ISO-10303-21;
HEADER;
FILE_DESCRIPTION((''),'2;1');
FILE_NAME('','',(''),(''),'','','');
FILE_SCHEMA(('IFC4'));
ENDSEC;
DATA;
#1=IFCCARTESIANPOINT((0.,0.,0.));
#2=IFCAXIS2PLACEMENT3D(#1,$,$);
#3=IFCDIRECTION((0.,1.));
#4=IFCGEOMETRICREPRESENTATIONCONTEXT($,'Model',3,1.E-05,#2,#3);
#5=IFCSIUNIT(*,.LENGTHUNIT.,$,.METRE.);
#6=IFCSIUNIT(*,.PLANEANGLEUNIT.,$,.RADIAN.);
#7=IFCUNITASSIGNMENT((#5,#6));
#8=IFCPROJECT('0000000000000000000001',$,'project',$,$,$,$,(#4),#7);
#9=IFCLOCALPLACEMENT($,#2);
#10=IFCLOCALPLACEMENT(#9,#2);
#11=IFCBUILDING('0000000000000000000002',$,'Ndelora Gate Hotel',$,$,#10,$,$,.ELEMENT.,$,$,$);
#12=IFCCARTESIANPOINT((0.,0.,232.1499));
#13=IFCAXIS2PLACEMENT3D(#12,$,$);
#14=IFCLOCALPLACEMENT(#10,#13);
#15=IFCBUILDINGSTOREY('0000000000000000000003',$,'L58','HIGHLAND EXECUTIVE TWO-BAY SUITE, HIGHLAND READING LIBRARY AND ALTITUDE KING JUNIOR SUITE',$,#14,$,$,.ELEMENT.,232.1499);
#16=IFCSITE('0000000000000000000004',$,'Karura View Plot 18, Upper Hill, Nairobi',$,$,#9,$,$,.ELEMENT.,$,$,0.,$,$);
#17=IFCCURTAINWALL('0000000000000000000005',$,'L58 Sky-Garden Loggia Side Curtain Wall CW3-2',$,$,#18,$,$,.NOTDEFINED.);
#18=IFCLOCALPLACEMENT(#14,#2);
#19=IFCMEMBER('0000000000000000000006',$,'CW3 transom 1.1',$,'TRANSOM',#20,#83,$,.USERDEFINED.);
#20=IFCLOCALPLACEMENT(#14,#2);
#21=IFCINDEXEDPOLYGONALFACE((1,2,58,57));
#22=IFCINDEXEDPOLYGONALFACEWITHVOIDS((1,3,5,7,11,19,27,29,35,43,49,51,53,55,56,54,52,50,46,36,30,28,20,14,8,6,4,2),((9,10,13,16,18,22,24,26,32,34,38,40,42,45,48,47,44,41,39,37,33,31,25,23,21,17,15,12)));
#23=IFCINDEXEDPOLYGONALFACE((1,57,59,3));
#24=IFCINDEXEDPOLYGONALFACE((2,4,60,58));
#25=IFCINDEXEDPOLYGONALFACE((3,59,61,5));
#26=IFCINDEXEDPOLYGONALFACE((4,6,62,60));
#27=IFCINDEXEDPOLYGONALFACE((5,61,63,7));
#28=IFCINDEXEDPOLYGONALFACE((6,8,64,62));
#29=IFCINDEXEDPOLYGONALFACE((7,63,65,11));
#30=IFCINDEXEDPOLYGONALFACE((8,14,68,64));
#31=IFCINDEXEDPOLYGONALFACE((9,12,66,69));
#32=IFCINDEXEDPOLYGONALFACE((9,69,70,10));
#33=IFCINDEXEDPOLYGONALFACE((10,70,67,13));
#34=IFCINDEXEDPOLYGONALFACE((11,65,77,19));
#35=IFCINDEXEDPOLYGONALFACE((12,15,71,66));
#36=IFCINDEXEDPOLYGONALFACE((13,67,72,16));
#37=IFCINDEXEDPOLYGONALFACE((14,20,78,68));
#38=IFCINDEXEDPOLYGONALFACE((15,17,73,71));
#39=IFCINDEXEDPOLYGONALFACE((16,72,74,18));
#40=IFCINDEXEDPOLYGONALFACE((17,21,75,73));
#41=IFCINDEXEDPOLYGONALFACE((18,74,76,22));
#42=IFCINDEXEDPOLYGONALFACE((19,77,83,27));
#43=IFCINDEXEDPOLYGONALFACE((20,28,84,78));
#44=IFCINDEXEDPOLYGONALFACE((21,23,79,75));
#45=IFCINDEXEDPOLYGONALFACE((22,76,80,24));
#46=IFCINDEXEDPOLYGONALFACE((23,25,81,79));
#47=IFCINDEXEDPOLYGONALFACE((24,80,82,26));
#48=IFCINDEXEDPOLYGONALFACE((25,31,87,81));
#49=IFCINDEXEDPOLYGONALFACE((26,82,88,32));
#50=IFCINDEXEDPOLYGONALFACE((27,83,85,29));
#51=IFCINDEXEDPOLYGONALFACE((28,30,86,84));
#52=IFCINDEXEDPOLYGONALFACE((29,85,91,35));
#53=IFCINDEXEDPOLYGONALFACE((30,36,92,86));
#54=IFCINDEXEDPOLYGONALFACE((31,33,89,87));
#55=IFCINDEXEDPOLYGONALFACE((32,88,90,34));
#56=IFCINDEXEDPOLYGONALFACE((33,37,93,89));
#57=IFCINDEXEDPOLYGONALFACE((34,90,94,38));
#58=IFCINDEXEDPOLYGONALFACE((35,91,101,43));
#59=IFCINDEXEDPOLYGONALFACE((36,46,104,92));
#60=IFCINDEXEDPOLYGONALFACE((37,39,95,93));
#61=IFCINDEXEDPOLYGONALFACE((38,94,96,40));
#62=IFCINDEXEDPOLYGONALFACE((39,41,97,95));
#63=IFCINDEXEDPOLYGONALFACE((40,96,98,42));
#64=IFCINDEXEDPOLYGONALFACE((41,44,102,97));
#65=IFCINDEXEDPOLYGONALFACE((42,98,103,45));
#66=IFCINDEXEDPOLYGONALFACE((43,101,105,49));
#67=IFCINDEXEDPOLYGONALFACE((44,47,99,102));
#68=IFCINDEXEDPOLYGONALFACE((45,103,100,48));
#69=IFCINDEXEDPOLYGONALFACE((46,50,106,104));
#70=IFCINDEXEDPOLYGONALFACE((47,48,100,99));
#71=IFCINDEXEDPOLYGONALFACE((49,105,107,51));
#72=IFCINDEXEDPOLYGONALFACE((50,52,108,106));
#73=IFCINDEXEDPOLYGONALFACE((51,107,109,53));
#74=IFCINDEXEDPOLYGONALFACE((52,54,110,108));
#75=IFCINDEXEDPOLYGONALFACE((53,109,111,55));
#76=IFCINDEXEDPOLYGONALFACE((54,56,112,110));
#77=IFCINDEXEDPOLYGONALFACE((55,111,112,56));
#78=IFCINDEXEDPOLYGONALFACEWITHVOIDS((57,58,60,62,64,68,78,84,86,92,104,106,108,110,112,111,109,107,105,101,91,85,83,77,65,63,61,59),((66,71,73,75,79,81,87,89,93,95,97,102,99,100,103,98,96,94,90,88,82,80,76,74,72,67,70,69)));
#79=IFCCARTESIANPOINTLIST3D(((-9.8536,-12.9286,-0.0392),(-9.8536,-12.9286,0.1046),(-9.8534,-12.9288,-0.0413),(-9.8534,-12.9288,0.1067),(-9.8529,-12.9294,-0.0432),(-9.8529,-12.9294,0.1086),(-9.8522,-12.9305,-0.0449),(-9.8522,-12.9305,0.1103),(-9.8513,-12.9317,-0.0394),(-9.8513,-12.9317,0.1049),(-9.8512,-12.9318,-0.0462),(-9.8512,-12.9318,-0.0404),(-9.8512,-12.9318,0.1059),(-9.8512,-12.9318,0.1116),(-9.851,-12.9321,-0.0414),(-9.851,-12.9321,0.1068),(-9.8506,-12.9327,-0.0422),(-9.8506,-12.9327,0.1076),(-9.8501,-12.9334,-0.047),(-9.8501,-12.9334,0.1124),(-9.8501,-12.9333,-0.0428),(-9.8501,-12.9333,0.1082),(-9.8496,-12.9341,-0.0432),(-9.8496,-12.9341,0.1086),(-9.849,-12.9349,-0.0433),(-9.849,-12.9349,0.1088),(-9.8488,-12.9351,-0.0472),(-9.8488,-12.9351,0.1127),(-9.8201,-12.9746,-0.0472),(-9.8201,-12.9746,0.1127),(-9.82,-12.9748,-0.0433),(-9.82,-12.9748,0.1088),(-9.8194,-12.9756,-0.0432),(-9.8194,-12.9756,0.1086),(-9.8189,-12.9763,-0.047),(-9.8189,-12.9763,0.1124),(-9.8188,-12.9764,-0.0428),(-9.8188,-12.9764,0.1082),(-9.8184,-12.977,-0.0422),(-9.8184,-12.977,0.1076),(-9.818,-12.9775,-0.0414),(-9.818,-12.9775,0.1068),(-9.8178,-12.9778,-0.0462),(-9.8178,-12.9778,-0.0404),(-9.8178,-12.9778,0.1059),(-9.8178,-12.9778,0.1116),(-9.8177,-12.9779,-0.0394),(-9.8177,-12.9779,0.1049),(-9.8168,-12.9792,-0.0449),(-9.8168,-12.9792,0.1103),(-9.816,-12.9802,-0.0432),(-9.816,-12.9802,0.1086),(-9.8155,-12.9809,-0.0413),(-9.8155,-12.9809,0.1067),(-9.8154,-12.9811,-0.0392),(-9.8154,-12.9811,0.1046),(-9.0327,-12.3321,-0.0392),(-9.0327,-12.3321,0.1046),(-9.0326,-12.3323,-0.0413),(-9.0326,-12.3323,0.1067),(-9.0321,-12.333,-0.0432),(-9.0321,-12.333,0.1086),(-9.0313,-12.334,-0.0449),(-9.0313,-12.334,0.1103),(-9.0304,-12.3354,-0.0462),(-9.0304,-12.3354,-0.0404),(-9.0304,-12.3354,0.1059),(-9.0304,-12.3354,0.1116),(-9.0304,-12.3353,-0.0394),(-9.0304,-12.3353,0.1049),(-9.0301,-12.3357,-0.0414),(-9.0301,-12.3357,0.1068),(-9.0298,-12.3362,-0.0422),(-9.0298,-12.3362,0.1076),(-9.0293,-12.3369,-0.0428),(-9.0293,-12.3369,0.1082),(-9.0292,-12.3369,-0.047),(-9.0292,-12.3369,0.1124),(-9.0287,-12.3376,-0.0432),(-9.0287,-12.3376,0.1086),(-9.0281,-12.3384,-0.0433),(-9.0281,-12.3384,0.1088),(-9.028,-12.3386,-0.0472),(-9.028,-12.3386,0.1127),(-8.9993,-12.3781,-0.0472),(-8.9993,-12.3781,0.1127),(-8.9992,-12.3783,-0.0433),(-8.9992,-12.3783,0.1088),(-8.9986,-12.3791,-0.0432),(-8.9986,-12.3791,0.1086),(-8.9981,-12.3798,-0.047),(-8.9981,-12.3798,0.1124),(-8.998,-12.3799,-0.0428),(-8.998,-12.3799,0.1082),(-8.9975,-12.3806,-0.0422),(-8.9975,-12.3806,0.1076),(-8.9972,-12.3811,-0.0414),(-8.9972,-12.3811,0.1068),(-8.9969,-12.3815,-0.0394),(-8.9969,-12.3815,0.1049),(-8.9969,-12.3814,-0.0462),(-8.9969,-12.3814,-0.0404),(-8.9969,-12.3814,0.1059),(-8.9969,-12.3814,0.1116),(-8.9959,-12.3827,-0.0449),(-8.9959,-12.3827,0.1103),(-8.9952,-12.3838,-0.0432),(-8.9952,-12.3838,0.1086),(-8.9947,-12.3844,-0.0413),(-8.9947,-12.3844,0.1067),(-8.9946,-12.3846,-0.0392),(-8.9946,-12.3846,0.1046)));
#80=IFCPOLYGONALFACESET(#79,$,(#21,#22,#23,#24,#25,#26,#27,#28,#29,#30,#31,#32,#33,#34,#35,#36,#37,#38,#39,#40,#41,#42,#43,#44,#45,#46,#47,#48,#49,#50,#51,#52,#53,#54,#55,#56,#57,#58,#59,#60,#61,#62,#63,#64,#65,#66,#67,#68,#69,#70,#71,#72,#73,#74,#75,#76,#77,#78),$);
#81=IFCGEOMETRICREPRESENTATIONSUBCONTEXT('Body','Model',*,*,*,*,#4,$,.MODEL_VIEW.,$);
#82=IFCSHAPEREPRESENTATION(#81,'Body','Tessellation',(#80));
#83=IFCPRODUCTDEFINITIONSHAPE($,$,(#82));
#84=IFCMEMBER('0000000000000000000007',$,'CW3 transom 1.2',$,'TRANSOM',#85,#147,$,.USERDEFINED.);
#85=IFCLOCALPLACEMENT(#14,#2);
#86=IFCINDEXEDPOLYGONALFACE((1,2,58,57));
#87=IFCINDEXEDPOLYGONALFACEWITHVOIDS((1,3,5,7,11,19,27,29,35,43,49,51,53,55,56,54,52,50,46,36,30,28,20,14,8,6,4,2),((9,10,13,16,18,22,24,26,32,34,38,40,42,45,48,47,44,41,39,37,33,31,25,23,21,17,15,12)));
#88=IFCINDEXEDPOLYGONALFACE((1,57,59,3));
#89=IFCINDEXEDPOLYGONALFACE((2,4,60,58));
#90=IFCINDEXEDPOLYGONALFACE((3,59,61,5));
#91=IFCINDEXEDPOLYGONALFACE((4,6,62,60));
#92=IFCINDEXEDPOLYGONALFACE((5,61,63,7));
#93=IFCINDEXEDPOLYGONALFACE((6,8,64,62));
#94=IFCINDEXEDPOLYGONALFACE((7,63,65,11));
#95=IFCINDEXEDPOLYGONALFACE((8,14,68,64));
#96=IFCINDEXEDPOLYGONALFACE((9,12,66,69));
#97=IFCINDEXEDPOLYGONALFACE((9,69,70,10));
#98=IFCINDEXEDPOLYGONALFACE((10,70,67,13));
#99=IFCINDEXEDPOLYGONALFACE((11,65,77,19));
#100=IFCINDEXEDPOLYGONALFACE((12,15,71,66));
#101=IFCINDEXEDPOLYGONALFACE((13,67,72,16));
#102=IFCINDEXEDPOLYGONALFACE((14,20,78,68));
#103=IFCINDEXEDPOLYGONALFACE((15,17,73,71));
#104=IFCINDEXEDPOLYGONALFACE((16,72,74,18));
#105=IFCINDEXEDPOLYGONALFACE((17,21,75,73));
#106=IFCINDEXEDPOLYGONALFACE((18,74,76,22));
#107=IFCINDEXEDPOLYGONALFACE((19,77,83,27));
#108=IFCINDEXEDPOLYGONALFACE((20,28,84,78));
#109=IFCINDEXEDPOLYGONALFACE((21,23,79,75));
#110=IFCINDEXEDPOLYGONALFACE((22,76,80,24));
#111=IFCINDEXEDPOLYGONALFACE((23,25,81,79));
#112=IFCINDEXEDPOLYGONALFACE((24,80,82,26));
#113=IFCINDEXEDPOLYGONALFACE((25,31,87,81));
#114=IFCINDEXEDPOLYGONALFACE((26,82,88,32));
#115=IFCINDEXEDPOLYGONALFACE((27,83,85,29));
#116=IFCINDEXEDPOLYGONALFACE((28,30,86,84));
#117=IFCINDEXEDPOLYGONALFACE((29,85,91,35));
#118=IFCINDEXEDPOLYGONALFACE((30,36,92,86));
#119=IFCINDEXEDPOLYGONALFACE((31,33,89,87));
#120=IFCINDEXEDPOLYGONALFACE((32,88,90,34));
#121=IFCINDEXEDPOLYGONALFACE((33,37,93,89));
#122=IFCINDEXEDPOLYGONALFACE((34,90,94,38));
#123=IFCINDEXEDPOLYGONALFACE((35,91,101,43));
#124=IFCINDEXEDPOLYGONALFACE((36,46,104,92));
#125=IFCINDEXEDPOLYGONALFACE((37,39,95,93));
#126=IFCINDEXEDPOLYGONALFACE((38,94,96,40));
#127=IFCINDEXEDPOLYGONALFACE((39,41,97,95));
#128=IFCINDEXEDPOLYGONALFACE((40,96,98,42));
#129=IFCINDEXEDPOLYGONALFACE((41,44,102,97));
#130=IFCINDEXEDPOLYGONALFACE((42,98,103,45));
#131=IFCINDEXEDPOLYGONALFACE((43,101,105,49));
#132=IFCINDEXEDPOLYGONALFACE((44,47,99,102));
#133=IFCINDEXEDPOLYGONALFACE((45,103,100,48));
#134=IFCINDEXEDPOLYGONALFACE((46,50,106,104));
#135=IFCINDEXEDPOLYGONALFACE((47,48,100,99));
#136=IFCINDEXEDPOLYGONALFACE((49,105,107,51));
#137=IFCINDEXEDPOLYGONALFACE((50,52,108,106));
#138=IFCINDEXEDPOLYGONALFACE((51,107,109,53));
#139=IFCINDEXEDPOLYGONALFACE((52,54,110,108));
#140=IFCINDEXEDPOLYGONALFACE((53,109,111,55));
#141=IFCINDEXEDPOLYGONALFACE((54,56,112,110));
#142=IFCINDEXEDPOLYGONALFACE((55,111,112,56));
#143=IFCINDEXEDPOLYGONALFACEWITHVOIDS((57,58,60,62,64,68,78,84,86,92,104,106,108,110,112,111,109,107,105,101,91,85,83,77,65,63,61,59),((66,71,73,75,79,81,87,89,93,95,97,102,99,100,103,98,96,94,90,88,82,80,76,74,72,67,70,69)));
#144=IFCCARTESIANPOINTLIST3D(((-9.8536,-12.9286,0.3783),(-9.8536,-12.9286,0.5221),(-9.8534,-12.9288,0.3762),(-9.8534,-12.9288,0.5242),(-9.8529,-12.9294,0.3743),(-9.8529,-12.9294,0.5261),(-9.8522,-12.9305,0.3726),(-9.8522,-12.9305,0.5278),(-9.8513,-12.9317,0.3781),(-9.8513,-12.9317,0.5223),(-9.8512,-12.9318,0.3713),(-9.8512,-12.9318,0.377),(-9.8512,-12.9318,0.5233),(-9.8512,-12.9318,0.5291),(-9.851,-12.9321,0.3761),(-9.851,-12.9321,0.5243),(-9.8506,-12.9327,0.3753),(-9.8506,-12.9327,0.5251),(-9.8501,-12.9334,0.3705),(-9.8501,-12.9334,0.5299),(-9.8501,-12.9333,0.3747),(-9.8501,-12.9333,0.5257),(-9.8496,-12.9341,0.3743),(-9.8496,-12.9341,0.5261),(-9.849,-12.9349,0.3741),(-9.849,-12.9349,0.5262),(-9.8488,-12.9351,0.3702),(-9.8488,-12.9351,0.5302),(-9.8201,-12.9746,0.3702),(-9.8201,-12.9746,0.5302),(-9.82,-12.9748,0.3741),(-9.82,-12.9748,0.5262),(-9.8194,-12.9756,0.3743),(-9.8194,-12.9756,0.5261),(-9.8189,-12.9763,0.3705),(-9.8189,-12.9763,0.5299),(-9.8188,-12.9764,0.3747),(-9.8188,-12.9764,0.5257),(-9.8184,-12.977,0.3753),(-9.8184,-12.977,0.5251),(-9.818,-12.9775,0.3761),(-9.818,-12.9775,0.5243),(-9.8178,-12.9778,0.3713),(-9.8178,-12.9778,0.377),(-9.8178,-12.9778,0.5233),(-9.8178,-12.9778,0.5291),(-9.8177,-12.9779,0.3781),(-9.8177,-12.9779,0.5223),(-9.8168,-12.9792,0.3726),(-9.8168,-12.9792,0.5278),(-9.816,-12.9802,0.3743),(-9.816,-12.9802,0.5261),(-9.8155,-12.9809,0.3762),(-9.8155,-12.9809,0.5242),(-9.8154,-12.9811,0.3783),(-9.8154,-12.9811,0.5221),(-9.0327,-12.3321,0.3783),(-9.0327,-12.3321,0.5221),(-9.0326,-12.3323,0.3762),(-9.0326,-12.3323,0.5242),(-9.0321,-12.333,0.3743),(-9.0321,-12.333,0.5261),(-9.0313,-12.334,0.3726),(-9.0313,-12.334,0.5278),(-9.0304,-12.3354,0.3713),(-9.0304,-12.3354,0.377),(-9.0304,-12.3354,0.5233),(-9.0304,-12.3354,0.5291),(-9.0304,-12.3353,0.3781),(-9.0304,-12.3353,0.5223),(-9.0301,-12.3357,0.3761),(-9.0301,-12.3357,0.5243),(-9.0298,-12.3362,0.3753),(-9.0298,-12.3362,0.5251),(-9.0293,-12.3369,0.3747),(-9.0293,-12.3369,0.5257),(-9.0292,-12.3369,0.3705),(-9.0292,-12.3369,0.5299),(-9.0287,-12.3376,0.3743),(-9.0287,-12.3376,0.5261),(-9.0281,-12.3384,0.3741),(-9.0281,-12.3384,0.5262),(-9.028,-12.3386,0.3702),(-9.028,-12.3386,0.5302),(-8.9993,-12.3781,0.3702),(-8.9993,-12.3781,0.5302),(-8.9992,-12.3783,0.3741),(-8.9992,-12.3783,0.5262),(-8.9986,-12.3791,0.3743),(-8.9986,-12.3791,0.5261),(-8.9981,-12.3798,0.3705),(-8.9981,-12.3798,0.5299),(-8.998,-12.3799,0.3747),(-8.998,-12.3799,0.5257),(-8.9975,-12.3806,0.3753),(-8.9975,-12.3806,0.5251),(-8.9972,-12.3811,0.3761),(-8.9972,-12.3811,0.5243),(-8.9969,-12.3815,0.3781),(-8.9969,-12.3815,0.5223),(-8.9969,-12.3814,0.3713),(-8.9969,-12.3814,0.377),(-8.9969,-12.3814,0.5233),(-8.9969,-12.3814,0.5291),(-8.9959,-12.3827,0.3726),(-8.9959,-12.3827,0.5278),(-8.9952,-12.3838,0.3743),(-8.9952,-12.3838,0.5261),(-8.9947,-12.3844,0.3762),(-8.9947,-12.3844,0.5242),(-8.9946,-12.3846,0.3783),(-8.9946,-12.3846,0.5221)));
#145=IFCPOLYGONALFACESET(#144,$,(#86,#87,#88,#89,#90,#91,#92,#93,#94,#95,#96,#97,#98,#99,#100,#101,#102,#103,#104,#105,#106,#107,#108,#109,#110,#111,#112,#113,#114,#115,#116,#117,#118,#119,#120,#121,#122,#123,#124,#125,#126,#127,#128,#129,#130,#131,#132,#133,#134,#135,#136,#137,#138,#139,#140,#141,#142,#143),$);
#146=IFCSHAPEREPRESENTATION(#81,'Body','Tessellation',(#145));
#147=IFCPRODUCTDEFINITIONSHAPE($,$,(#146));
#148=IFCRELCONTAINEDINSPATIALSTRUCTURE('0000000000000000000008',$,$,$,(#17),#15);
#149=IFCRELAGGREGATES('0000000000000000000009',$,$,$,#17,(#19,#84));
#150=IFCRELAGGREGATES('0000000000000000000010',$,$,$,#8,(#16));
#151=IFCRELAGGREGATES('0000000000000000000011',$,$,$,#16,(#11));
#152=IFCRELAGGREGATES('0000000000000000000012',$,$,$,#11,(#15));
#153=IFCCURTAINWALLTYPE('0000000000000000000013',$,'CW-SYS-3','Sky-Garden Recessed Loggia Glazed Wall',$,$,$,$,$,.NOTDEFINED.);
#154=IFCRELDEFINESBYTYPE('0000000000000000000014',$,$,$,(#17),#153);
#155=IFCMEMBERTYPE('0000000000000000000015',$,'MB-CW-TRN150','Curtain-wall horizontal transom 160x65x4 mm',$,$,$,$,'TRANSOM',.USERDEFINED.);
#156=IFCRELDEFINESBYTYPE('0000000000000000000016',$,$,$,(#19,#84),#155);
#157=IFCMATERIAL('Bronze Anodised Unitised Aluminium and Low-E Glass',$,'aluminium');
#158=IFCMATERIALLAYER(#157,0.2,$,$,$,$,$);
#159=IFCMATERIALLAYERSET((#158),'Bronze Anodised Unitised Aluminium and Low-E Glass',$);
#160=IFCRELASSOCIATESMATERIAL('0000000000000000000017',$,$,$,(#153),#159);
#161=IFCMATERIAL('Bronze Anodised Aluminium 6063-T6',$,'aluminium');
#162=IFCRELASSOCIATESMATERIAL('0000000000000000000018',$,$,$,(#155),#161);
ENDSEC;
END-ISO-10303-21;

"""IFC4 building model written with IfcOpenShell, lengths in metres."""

from ifc_helpers import new_model, si_unit, direction, frame, origin, origin_2d, place, context, subcontext, project, spatial, hollow_rectangle, extrude, material, layer, layer_set, material_profile, profile_set, type_object, element, aggregate, save


model = new_model("IFC4")

# Units and contexts
model_context = context("Model", 3, precision=1e-05, world=origin(), true_north=direction((0.0, 1.0)))
body_context = subcontext(model_context, "Body", "Model", "MODEL_VIEW")
ifc_project = project(units=[si_unit("LENGTHUNIT", "METRE"), si_unit("PLANEANGLEUNIT", "RADIAN")], contexts=[model_context])

# Site, building, storey
site_placement = place(None, origin())
site = spatial("IfcSite", under=ifc_project, at=site_placement, Name="Karura View Plot 18, Upper Hill, Nairobi", CompositionType="ELEMENT", RefElevation=0.0)
building_placement = place(site_placement, origin())
building = spatial("IfcBuilding", under=site, at=building_placement, Name="Ndelora Gate Hotel", CompositionType="ELEMENT")
storey_placement = place(building_placement, frame((0.0, 0.0, 232.1499)))
storey = spatial("IfcBuildingStorey", under=building, at=storey_placement, Name="L58", Description="HIGHLAND EXECUTIVE TWO-BAY SUITE, HIGHLAND READING LIBRARY AND ALTITUDE KING JUNIOR SUITE", CompositionType="ELEMENT", Elevation=232.1499)

# Curtain wall, members
ifc_material_1 = material(Name="Bronze Anodised Unitised Aluminium and Low-E Glass", Category="aluminium")
ifc_layer_1 = layer(ifc_material_1, 0.2)
ifc_layer_set_1 = layer_set([ifc_layer_1], Name="Bronze Anodised Unitised Aluminium and Low-E Glass")
curtain_wall_type = type_object("IfcCurtainWallType", Name="CW-SYS-3", Description="Sky-Garden Recessed Loggia Glazed Wall", PredefinedType="NOTDEFINED", material=ifc_layer_set_1)
curtain_wall_placement = place(storey_placement, origin())
curtain_wall = element("IfcCurtainWall", 1, at=curtain_wall_placement, inside=storey, type_object=curtain_wall_type, Name="L58 Sky-Garden Loggia Side Curtain Wall CW3-2", PredefinedType="NOTDEFINED")
ifc_material_2 = material(Name="Bronze Anodised Aluminium 6063-T6", Category="aluminium")
ifc_material_profile_1 = material_profile(ifc_material_2, hollow_rectangle(XDim=0.0649, YDim=0.1599, WallThickness=0.0039, InnerFilletRadius=0.0039, OuterFilletRadius=0.0081, at=origin_2d()), Name="ALU 160x65x4")
ifc_profile_set_1 = profile_set([ifc_material_profile_1], Name="Bronze Anodised Aluminium 6063-T6")
member_type_1 = type_object("IfcMemberType", Name="MB-CW-TRN150", Description="Curtain-wall horizontal transom 160x65x4 mm", ElementType="TRANSOM", PredefinedType="USERDEFINED", material=ifc_profile_set_1)
member_1_placement = place(storey_placement, frame((-9.8345, -12.9548, 0.0327), z_axis=(0.808975, 0.587843, 0.0), x_axis=(-0.587843, 0.808975, 0.0)))
member_1 = element("IfcMember", 2, at=member_1_placement, type_object=member_type_1, Name="CW3 transom 1.1", ObjectType="TRANSOM", PredefinedType="USERDEFINED", context=body_context, shape_type="SweptSolid", body=[
    extrude(hollow_rectangle(XDim=0.0649, YDim=0.1599, WallThickness=0.0039, InnerFilletRadius=0.0039, OuterFilletRadius=0.0081, at=origin_2d()), origin(), (0.0, 0.0, 1.0), 1.0146),
])
member_2_placement = place(storey_placement, frame((-9.8345, -12.9548, 0.4502), z_axis=(0.808975, 0.587843, 0.0), x_axis=(-0.587843, 0.808975, 0.0)))
member_2 = element("IfcMember", 3, at=member_2_placement, type_object=member_type_1, Name="CW3 transom 1.2", ObjectType="TRANSOM", PredefinedType="USERDEFINED", context=body_context, shape_type="SweptSolid", body=[
    extrude(hollow_rectangle(XDim=0.0649, YDim=0.1599, WallThickness=0.0039, InnerFilletRadius=0.0039, OuterFilletRadius=0.0081, at=origin_2d()), origin(), (0.0, 0.0, 1.0), 1.0146),
])
aggregate(curtain_wall, [member_1, member_2])

save(model, "model.ifc")
